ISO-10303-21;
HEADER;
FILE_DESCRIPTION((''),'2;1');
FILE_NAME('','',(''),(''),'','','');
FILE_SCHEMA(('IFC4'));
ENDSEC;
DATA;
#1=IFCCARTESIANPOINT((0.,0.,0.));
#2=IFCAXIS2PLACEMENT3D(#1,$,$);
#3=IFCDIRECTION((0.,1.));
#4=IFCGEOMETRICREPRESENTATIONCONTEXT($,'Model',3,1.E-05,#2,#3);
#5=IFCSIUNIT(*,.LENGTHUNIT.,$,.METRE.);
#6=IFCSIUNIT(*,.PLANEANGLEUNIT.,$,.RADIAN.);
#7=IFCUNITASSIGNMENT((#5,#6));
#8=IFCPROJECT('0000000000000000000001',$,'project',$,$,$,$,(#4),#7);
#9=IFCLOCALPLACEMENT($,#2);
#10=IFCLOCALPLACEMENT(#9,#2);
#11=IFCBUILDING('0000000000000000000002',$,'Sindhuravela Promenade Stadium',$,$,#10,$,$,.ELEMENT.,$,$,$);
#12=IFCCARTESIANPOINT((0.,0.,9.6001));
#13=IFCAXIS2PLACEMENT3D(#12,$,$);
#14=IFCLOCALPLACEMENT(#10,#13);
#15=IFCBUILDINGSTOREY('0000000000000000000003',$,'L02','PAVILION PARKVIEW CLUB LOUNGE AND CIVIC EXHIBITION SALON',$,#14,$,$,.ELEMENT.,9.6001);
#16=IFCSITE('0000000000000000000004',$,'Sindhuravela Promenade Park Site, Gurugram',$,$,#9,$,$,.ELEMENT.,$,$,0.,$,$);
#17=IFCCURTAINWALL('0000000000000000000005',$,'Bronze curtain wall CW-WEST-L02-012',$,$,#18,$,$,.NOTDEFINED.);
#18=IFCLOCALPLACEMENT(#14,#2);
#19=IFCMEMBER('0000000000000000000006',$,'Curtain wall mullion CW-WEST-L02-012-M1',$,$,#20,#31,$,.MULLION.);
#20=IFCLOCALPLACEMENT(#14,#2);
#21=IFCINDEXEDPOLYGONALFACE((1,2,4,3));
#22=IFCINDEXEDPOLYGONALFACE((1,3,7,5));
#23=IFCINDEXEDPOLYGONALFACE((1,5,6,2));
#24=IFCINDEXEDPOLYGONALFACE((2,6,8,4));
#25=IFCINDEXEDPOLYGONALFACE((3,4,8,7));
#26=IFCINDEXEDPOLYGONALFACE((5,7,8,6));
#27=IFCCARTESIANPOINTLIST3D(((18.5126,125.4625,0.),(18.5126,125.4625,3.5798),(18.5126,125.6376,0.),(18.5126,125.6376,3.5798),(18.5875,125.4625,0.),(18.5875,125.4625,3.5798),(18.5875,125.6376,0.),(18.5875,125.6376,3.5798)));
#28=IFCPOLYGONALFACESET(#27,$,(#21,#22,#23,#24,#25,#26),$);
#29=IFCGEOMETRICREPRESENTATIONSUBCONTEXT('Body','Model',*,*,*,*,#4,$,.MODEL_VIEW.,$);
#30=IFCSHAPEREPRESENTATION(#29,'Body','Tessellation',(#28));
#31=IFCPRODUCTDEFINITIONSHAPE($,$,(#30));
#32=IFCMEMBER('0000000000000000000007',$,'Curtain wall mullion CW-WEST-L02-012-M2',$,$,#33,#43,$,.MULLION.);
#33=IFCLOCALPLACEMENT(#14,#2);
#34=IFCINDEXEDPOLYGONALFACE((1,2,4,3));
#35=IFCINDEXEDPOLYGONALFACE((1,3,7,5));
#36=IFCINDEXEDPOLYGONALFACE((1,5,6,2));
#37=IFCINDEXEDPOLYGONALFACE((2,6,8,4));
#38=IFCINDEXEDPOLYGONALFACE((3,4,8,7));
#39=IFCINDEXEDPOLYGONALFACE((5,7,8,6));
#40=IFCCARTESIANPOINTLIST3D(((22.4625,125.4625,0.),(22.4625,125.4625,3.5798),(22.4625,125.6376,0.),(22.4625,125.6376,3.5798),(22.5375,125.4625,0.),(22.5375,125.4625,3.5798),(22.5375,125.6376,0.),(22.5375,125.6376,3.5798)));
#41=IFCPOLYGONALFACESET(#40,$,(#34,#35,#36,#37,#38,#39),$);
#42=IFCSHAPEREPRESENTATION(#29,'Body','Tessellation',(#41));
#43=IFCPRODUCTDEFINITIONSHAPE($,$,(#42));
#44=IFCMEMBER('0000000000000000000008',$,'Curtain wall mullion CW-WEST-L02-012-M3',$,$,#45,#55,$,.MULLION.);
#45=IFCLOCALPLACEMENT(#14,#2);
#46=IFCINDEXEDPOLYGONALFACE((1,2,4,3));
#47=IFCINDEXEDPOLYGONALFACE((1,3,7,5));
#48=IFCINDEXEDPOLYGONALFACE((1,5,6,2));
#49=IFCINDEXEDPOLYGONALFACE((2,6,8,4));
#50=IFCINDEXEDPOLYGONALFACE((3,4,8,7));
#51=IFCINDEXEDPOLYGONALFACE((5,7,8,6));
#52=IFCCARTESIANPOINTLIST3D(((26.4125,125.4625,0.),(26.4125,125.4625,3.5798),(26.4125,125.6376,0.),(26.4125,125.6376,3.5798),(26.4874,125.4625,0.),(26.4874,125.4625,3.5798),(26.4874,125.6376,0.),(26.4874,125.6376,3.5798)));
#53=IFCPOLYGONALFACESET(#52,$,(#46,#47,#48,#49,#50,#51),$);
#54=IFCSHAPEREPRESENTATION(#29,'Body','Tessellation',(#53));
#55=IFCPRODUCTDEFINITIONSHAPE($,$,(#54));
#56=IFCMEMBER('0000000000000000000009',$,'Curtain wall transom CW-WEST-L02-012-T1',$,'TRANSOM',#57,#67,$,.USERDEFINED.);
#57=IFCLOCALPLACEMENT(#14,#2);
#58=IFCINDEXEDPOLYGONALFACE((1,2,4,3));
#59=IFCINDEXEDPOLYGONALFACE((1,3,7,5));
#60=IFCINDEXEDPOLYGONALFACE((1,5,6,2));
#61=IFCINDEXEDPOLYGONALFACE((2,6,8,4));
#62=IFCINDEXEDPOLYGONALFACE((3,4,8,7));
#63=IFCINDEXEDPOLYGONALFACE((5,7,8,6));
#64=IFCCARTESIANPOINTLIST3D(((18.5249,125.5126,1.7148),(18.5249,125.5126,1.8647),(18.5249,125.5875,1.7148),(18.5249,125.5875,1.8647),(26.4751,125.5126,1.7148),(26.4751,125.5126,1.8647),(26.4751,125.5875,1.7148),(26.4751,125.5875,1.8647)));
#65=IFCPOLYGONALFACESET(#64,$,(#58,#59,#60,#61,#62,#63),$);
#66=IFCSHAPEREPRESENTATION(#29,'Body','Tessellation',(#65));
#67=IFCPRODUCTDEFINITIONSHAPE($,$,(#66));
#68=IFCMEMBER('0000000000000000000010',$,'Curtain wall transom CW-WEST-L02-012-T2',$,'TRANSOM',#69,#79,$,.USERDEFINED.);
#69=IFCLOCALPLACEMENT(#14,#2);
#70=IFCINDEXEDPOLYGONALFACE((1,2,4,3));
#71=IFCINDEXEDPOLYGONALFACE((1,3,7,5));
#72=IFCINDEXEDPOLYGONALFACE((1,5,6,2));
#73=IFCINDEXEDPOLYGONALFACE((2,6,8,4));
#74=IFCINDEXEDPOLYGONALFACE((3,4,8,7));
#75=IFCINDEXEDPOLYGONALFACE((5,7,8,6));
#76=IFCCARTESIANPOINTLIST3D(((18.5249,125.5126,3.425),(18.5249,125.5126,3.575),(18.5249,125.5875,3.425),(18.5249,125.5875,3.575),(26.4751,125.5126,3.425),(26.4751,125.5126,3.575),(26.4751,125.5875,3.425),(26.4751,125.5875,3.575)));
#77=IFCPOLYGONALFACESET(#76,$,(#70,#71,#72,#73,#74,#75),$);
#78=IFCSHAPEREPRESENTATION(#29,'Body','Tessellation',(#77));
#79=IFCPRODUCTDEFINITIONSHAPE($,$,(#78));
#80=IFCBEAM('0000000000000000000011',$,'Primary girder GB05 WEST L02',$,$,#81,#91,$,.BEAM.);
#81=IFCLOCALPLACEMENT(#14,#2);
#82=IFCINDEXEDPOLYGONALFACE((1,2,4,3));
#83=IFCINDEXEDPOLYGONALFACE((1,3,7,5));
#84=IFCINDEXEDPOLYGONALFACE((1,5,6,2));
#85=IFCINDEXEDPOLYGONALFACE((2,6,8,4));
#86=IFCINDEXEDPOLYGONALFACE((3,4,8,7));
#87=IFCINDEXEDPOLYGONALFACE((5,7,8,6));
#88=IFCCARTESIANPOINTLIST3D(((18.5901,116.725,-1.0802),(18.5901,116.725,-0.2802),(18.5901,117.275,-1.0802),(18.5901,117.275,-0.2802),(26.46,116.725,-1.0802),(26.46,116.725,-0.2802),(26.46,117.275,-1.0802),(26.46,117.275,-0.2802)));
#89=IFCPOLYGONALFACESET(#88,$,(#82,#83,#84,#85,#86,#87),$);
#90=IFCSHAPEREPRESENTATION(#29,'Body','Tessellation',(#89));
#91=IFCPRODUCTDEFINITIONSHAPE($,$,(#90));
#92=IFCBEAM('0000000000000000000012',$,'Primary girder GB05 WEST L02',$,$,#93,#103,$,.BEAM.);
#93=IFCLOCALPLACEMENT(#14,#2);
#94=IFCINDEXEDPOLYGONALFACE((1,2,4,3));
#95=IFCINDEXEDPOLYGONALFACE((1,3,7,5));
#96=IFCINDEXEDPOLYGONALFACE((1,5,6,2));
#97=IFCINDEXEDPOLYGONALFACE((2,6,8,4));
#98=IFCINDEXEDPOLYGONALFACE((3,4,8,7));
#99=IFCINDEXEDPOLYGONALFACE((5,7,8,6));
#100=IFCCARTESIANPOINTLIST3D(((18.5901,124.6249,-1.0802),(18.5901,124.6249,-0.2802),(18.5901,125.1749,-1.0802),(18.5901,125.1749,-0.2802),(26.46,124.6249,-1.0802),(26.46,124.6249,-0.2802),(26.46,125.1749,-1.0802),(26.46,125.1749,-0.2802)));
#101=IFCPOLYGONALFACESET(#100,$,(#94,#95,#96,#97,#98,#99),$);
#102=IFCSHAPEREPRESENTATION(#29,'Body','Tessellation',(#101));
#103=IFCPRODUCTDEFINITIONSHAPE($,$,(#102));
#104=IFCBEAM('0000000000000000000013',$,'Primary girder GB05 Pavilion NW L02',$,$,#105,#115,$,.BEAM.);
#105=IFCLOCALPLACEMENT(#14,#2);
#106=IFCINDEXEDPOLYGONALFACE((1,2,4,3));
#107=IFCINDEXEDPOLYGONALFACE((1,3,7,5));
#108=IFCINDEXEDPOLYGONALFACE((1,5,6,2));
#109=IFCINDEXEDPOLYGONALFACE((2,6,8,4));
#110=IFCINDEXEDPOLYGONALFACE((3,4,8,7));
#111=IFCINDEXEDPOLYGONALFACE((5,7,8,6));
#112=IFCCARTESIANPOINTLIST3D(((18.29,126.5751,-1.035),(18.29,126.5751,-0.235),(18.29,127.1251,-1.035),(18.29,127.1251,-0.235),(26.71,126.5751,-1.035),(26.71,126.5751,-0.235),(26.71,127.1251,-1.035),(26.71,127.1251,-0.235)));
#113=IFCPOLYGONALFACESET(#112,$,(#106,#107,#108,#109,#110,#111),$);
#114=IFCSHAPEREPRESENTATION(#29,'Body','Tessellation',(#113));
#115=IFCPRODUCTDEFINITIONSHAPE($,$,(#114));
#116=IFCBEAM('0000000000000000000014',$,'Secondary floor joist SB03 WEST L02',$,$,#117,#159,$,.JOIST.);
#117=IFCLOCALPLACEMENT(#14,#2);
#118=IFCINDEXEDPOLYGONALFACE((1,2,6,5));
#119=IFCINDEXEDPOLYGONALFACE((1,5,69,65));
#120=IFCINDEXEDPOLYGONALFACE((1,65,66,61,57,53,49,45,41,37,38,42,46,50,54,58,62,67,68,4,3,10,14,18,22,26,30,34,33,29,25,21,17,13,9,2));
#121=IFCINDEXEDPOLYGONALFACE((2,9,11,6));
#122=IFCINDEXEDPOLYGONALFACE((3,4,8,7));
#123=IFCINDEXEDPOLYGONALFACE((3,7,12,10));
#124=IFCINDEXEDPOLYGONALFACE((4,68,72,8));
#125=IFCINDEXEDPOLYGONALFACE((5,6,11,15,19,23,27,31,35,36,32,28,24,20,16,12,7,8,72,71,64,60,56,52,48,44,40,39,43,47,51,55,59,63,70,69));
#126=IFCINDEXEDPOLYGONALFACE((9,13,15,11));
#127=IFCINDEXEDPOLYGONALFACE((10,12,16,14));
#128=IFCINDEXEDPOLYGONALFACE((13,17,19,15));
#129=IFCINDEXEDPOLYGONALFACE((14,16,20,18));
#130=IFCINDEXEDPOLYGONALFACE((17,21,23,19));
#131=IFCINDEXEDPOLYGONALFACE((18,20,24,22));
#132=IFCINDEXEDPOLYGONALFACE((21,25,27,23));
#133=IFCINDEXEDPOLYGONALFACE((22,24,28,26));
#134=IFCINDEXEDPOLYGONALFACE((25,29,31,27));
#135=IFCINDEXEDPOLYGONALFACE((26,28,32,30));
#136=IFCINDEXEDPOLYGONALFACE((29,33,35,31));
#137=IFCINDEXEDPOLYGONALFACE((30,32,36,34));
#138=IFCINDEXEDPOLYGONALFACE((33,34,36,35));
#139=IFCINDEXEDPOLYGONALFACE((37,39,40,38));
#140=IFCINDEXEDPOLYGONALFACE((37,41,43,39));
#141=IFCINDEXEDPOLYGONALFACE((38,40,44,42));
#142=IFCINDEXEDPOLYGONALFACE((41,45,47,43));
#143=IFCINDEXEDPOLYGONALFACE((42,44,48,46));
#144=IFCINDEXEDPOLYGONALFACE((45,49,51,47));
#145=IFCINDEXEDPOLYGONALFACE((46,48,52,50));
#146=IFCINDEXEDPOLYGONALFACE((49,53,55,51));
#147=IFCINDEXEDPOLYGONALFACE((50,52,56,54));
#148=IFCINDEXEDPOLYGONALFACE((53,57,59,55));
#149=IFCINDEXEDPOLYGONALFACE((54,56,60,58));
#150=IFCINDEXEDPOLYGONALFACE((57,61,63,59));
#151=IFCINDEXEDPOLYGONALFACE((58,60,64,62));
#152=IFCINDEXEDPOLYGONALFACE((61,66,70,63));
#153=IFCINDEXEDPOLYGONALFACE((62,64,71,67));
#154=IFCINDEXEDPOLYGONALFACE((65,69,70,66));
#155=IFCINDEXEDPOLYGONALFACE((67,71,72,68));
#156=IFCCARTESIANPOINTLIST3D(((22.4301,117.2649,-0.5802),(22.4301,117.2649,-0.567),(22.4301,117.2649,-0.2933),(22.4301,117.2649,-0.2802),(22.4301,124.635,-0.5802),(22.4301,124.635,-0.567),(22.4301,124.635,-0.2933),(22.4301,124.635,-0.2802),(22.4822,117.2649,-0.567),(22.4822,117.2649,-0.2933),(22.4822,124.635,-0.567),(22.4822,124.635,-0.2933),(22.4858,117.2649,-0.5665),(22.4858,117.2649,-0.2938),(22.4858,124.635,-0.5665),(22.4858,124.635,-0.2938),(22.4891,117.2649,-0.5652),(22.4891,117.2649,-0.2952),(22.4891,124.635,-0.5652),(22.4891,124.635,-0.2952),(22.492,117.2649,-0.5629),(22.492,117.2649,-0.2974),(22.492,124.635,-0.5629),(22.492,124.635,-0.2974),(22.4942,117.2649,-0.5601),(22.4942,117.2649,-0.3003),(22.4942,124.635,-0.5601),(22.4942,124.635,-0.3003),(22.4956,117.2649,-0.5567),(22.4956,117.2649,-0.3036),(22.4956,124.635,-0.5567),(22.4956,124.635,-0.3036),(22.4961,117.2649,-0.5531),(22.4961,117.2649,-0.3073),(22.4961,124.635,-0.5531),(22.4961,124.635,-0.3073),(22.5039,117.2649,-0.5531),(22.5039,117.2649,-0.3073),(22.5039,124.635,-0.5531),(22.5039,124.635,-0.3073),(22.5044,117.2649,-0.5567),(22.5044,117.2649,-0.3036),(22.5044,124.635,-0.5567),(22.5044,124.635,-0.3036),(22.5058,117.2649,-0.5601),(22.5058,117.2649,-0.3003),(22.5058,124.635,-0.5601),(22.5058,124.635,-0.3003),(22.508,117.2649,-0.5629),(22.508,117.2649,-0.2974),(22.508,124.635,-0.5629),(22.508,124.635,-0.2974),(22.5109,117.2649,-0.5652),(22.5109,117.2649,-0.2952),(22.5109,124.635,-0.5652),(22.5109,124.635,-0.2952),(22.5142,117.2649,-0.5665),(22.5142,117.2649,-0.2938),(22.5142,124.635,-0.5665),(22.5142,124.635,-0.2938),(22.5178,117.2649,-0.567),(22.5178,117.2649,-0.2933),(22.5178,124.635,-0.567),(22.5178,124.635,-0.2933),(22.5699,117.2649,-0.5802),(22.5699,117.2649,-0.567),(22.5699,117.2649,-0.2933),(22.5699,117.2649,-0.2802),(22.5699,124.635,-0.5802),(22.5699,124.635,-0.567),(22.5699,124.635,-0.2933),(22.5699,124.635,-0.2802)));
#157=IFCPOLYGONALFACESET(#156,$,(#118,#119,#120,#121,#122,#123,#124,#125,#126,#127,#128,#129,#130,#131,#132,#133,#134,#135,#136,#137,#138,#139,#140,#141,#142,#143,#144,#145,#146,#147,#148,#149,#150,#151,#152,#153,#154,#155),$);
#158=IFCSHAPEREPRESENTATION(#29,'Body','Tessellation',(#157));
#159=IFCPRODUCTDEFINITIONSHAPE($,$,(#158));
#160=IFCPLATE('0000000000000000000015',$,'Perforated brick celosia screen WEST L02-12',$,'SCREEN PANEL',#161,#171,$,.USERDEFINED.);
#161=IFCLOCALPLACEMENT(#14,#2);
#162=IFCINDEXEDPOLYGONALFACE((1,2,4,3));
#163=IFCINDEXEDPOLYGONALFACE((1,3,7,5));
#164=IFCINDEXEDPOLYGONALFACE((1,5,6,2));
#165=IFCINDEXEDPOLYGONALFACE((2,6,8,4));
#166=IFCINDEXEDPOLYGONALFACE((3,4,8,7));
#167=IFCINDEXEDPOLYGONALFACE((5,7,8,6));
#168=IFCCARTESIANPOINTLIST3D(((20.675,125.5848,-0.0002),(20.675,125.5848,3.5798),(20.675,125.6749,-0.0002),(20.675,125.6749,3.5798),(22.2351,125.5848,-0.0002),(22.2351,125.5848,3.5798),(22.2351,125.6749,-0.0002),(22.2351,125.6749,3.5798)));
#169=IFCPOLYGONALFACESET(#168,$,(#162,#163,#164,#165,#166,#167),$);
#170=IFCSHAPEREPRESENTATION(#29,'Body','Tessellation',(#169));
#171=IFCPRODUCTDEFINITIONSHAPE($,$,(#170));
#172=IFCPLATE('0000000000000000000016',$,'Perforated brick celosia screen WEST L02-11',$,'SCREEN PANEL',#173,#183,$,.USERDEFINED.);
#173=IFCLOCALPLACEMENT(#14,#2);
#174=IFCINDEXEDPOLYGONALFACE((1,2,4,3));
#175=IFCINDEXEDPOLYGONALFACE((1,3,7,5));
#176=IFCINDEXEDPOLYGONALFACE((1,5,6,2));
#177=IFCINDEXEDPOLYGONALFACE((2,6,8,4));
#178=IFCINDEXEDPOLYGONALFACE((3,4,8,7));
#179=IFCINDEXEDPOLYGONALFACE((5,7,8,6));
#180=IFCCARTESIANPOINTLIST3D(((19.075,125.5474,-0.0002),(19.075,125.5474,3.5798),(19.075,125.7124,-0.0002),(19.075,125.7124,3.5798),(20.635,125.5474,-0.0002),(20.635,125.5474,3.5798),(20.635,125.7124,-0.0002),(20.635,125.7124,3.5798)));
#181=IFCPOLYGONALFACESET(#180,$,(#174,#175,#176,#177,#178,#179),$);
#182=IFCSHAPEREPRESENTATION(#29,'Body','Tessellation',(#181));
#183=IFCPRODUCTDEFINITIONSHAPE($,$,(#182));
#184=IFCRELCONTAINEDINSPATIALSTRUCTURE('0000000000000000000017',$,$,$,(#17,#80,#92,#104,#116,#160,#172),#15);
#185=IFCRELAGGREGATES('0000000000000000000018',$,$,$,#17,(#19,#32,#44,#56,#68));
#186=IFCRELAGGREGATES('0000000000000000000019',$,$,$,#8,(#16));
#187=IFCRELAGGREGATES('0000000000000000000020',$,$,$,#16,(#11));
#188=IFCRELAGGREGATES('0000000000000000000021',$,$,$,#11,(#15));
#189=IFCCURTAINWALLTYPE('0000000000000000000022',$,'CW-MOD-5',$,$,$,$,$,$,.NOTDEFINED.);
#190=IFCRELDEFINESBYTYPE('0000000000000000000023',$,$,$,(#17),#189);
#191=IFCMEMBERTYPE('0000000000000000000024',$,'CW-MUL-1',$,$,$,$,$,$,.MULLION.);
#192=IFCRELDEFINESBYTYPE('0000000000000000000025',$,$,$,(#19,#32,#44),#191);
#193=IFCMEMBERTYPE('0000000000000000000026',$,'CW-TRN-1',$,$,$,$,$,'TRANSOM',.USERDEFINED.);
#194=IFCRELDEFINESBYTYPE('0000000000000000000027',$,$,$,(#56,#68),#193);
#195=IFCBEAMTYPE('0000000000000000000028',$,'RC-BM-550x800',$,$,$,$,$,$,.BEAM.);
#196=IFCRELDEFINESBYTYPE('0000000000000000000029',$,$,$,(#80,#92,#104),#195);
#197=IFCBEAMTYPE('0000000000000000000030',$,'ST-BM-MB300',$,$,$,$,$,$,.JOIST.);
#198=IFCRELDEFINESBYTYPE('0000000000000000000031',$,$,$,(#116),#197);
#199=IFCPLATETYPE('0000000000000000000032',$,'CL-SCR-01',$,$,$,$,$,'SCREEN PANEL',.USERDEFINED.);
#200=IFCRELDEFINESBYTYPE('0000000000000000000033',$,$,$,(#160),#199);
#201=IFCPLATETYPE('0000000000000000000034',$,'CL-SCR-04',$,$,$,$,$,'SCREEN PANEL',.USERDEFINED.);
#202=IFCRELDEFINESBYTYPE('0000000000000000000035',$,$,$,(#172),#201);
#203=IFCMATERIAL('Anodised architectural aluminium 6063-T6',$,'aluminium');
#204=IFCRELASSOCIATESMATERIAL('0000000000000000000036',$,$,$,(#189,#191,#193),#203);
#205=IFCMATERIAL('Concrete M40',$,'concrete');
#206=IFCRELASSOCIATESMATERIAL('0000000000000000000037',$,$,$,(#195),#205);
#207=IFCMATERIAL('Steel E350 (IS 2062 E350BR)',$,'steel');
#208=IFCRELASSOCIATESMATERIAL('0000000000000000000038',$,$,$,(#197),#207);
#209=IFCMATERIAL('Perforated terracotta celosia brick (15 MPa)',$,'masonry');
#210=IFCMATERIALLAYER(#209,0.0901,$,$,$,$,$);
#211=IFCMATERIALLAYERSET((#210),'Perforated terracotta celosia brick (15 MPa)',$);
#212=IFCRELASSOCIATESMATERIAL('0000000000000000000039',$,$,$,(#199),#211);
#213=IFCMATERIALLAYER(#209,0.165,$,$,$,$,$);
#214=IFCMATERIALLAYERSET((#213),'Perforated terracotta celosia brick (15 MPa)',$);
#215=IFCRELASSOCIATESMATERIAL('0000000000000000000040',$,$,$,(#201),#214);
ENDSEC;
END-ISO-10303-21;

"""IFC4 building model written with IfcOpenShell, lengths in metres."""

from ifc_helpers import new_model, si_unit, direction, frame, origin, origin_2d, place, context, subcontext, project, spatial, rectangle, i_section, extrude, material, layer, layer_set, material_profile, profile_set, type_object, element, aggregate, save


model = new_model("IFC4")

# Units and contexts
model_context = context("Model", 3, precision=1e-05, world=origin(), true_north=direction((0.0, 1.0)))
body_context = subcontext(model_context, "Body", "Model", "MODEL_VIEW")
ifc_project = project(units=[si_unit("LENGTHUNIT", "METRE"), si_unit("PLANEANGLEUNIT", "RADIAN")], contexts=[model_context])

# Site, building, storey
site_placement = place(None, origin())
site = spatial("IfcSite", under=ifc_project, at=site_placement, Name="Sindhuravela Promenade Park Site, Gurugram", CompositionType="ELEMENT", RefElevation=0.0)
building_placement = place(site_placement, origin())
building = spatial("IfcBuilding", under=site, at=building_placement, Name="Sindhuravela Promenade Stadium", CompositionType="ELEMENT")
storey_placement = place(building_placement, frame((0.0, 0.0, 9.6001)))
storey = spatial("IfcBuildingStorey", under=building, at=storey_placement, Name="L02", Description="PAVILION PARKVIEW CLUB LOUNGE AND CIVIC EXHIBITION SALON", CompositionType="ELEMENT", Elevation=9.6001)

# Curtain wall, members
ifc_material_1 = material(Name="Anodised architectural aluminium 6063-T6", Category="aluminium")
curtain_wall_type = type_object("IfcCurtainWallType", Name="CW-MOD-5", PredefinedType="NOTDEFINED", material=ifc_material_1)
curtain_wall_placement = place(storey_placement, origin())
curtain_wall = element("IfcCurtainWall", 1, at=curtain_wall_placement, inside=storey, type_object=curtain_wall_type, Name="Bronze curtain wall CW-WEST-L02-012", PredefinedType="NOTDEFINED")
ifc_material_profile_1 = material_profile(ifc_material_1, rectangle(XDim=0.075, YDim=0.175, at=origin_2d()), Name="ALU MULL 75x175")
ifc_profile_set_1 = profile_set([ifc_material_profile_1], Name="Anodised architectural aluminium 6063-T6")
member_type_1 = type_object("IfcMemberType", Name="CW-MUL-1", PredefinedType="MULLION", material=ifc_profile_set_1)
member_1_placement = place(storey_placement, frame((18.55, 125.55, 0.0), z_axis=(0.0, 0.0, 1.0), x_axis=(1.0, 0.0, 0.0)))
member_1 = element("IfcMember", 2, at=member_1_placement, type_object=member_type_1, Name="Curtain wall mullion CW-WEST-L02-012-M1", PredefinedType="MULLION", context=body_context, shape_type="SweptSolid", body=[
    extrude(rectangle(XDim=0.075, YDim=0.175, at=origin_2d()), origin(), (0.0, 0.0, 1.0), 3.5798),
])
member_2_placement = place(storey_placement, frame((22.5, 125.55, 0.0), z_axis=(0.0, 0.0, 1.0), x_axis=(1.0, 0.0, 0.0)))
member_2 = element("IfcMember", 3, at=member_2_placement, type_object=member_type_1, Name="Curtain wall mullion CW-WEST-L02-012-M2", PredefinedType="MULLION", context=body_context, shape_type="SweptSolid", body=[
    extrude(rectangle(XDim=0.075, YDim=0.175, at=origin_2d()), origin(), (0.0, 0.0, 1.0), 3.5798),
])
member_3_placement = place(storey_placement, frame((26.45, 125.55, 0.0), z_axis=(0.0, 0.0, 1.0), x_axis=(1.0, 0.0, 0.0)))
member_3 = element("IfcMember", 4, at=member_3_placement, type_object=member_type_1, Name="Curtain wall mullion CW-WEST-L02-012-M3", PredefinedType="MULLION", context=body_context, shape_type="SweptSolid", body=[
    extrude(rectangle(XDim=0.075, YDim=0.175, at=origin_2d()), origin(), (0.0, 0.0, 1.0), 3.5798),
])
ifc_material_profile_2 = material_profile(ifc_material_1, rectangle(XDim=0.075, YDim=0.1499, at=origin_2d()), Name="ALU TRAN 75x150")
ifc_profile_set_2 = profile_set([ifc_material_profile_2], Name="Anodised architectural aluminium 6063-T6")
member_type_2 = type_object("IfcMemberType", Name="CW-TRN-1", ElementType="TRANSOM", PredefinedType="USERDEFINED", material=ifc_profile_set_2)
member_4_placement = place(storey_placement, frame((18.5249, 125.55, 1.7898), z_axis=(1.0, 0.0, 0.0), x_axis=(0.0, 1.0, 0.0)))
member_4 = element("IfcMember", 5, at=member_4_placement, type_object=member_type_2, Name="Curtain wall transom CW-WEST-L02-012-T1", ObjectType="TRANSOM", PredefinedType="USERDEFINED", context=body_context, shape_type="SweptSolid", body=[
    extrude(rectangle(XDim=0.075, YDim=0.1499, at=origin_2d()), origin(), (0.0, 0.0, 1.0), 7.9502),
])
member_5_placement = place(storey_placement, frame((18.5249, 125.55, 3.5), z_axis=(1.0, 0.0, 0.0), x_axis=(0.0, 1.0, 0.0)))
member_5 = element("IfcMember", 6, at=member_5_placement, type_object=member_type_2, Name="Curtain wall transom CW-WEST-L02-012-T2", ObjectType="TRANSOM", PredefinedType="USERDEFINED", context=body_context, shape_type="SweptSolid", body=[
    extrude(rectangle(XDim=0.075, YDim=0.1499, at=origin_2d()), origin(), (0.0, 0.0, 1.0), 7.9502),
])

# Beams
ifc_material_2 = material(Name="Concrete M40", Category="concrete")
ifc_material_profile_3 = material_profile(ifc_material_2, rectangle(XDim=0.55, YDim=0.8, at=origin_2d()), Name="RC 550x800")
ifc_profile_set_3 = profile_set([ifc_material_profile_3], Name="Concrete M40")
beam_type_1 = type_object("IfcBeamType", Name="RC-BM-550x800", PredefinedType="BEAM", material=ifc_profile_set_3)
for number, where, z_axis, x_axis, name in (
    (7, (18.5901, 117.0, -0.6802), (1.0, 0.0, 0.0), (0.0, 1.0, 0.0), "Primary girder GB05 WEST L02"),
    (8, (18.5901, 124.8999, -0.6802), (1.0, 0.0, 0.0), (0.0, 1.0, 0.0), "Primary girder GB05 WEST L02"),
):
    element("IfcBeam", number, at=place(storey_placement, frame(where, z_axis=z_axis, x_axis=x_axis)), inside=storey, type_object=beam_type_1, Name=name, PredefinedType="BEAM", context=body_context, shape_type="SweptSolid", body=[
        extrude(rectangle(XDim=0.55, YDim=0.8, at=origin_2d()), origin(), (0.0, 0.0, 1.0), 7.8699),
    ])
beam_1_placement = place(storey_placement, frame((18.29, 126.8501, -0.635), z_axis=(1.0, 0.0, 0.0), x_axis=(0.0, 1.0, 0.0)))
element("IfcBeam", 9, at=beam_1_placement, inside=storey, type_object=beam_type_1, Name="Primary girder GB05 Pavilion NW L02", PredefinedType="BEAM", context=body_context, shape_type="SweptSolid", body=[
    extrude(rectangle(XDim=0.55, YDim=0.8, at=origin_2d()), origin(), (0.0, 0.0, 1.0), 8.4199),
])
ifc_material_3 = material(Name="Steel E350 (IS 2062 E350BR)", Category="steel")
ifc_material_profile_4 = material_profile(ifc_material_3, i_section(OverallWidth=0.1399, OverallDepth=0.3, WebThickness=0.0078, FlangeThickness=0.0132, FilletRadius=0.0139, at=origin_2d()), Name="ISMB 300")
ifc_profile_set_4 = profile_set([ifc_material_profile_4], Name="Steel E350 (IS 2062 E350BR)")
beam_type_2 = type_object("IfcBeamType", Name="ST-BM-MB300", PredefinedType="JOIST", material=ifc_profile_set_4)
beam_2_placement = place(storey_placement, frame((22.5, 117.2649, -0.4302), z_axis=(0.0, 1.0, 0.0), x_axis=(-1.0, 0.0, 0.0)))
element("IfcBeam", 10, at=beam_2_placement, inside=storey, type_object=beam_type_2, Name="Secondary floor joist SB03 WEST L02", PredefinedType="JOIST", context=body_context, shape_type="SweptSolid", body=[
    extrude(i_section(OverallWidth=0.1399, OverallDepth=0.3, WebThickness=0.0078, FlangeThickness=0.0132, FilletRadius=0.0139, at=origin_2d()), origin(), (0.0, 0.0, 1.0), 7.3701),
])

# Plates
ifc_material_4 = material(Name="Perforated terracotta celosia brick (15 MPa)", Category="masonry")
ifc_layer_1 = layer(ifc_material_4, 0.0901)
ifc_layer_set_1 = layer_set([ifc_layer_1], Name="Perforated terracotta celosia brick (15 MPa)")
plate_type_1 = type_object("IfcPlateType", Name="CL-SCR-01", ElementType="SCREEN PANEL", PredefinedType="USERDEFINED", material=ifc_layer_set_1)
plate_1_placement = place(storey_placement, frame((21.4551, 125.6299, -0.0002), z_axis=(0.0, 0.0, 1.0), x_axis=(1.0, 0.0, 0.0)))
element("IfcPlate", 11, at=plate_1_placement, inside=storey, type_object=plate_type_1, Name="Perforated brick celosia screen WEST L02-12", ObjectType="SCREEN PANEL", PredefinedType="USERDEFINED", context=body_context, shape_type="SweptSolid", body=[
    extrude(rectangle(XDim=1.5601, YDim=0.0901, at=origin_2d()), origin(), (0.0, 0.0, 1.0), 3.5801),
])
ifc_layer_2 = layer(ifc_material_4, 0.165)
ifc_layer_set_2 = layer_set([ifc_layer_2], Name="Perforated terracotta celosia brick (15 MPa)")
plate_type_2 = type_object("IfcPlateType", Name="CL-SCR-04", ElementType="SCREEN PANEL", PredefinedType="USERDEFINED", material=ifc_layer_set_2)
plate_2_placement = place(storey_placement, frame((19.855, 125.6299, -0.0002), z_axis=(0.0, 0.0, 1.0), x_axis=(1.0, 0.0, 0.0)))
element("IfcPlate", 12, at=plate_2_placement, inside=storey, type_object=plate_type_2, Name="Perforated brick celosia screen WEST L02-11", ObjectType="SCREEN PANEL", PredefinedType="USERDEFINED", context=body_context, shape_type="SweptSolid", body=[
    extrude(rectangle(XDim=1.5601, YDim=0.165, at=origin_2d()), origin(), (0.0, 0.0, 1.0), 3.5801),
])

aggregate(curtain_wall, [member_1, member_2, member_3, member_4, member_5])

save(model, "model.ifc")
